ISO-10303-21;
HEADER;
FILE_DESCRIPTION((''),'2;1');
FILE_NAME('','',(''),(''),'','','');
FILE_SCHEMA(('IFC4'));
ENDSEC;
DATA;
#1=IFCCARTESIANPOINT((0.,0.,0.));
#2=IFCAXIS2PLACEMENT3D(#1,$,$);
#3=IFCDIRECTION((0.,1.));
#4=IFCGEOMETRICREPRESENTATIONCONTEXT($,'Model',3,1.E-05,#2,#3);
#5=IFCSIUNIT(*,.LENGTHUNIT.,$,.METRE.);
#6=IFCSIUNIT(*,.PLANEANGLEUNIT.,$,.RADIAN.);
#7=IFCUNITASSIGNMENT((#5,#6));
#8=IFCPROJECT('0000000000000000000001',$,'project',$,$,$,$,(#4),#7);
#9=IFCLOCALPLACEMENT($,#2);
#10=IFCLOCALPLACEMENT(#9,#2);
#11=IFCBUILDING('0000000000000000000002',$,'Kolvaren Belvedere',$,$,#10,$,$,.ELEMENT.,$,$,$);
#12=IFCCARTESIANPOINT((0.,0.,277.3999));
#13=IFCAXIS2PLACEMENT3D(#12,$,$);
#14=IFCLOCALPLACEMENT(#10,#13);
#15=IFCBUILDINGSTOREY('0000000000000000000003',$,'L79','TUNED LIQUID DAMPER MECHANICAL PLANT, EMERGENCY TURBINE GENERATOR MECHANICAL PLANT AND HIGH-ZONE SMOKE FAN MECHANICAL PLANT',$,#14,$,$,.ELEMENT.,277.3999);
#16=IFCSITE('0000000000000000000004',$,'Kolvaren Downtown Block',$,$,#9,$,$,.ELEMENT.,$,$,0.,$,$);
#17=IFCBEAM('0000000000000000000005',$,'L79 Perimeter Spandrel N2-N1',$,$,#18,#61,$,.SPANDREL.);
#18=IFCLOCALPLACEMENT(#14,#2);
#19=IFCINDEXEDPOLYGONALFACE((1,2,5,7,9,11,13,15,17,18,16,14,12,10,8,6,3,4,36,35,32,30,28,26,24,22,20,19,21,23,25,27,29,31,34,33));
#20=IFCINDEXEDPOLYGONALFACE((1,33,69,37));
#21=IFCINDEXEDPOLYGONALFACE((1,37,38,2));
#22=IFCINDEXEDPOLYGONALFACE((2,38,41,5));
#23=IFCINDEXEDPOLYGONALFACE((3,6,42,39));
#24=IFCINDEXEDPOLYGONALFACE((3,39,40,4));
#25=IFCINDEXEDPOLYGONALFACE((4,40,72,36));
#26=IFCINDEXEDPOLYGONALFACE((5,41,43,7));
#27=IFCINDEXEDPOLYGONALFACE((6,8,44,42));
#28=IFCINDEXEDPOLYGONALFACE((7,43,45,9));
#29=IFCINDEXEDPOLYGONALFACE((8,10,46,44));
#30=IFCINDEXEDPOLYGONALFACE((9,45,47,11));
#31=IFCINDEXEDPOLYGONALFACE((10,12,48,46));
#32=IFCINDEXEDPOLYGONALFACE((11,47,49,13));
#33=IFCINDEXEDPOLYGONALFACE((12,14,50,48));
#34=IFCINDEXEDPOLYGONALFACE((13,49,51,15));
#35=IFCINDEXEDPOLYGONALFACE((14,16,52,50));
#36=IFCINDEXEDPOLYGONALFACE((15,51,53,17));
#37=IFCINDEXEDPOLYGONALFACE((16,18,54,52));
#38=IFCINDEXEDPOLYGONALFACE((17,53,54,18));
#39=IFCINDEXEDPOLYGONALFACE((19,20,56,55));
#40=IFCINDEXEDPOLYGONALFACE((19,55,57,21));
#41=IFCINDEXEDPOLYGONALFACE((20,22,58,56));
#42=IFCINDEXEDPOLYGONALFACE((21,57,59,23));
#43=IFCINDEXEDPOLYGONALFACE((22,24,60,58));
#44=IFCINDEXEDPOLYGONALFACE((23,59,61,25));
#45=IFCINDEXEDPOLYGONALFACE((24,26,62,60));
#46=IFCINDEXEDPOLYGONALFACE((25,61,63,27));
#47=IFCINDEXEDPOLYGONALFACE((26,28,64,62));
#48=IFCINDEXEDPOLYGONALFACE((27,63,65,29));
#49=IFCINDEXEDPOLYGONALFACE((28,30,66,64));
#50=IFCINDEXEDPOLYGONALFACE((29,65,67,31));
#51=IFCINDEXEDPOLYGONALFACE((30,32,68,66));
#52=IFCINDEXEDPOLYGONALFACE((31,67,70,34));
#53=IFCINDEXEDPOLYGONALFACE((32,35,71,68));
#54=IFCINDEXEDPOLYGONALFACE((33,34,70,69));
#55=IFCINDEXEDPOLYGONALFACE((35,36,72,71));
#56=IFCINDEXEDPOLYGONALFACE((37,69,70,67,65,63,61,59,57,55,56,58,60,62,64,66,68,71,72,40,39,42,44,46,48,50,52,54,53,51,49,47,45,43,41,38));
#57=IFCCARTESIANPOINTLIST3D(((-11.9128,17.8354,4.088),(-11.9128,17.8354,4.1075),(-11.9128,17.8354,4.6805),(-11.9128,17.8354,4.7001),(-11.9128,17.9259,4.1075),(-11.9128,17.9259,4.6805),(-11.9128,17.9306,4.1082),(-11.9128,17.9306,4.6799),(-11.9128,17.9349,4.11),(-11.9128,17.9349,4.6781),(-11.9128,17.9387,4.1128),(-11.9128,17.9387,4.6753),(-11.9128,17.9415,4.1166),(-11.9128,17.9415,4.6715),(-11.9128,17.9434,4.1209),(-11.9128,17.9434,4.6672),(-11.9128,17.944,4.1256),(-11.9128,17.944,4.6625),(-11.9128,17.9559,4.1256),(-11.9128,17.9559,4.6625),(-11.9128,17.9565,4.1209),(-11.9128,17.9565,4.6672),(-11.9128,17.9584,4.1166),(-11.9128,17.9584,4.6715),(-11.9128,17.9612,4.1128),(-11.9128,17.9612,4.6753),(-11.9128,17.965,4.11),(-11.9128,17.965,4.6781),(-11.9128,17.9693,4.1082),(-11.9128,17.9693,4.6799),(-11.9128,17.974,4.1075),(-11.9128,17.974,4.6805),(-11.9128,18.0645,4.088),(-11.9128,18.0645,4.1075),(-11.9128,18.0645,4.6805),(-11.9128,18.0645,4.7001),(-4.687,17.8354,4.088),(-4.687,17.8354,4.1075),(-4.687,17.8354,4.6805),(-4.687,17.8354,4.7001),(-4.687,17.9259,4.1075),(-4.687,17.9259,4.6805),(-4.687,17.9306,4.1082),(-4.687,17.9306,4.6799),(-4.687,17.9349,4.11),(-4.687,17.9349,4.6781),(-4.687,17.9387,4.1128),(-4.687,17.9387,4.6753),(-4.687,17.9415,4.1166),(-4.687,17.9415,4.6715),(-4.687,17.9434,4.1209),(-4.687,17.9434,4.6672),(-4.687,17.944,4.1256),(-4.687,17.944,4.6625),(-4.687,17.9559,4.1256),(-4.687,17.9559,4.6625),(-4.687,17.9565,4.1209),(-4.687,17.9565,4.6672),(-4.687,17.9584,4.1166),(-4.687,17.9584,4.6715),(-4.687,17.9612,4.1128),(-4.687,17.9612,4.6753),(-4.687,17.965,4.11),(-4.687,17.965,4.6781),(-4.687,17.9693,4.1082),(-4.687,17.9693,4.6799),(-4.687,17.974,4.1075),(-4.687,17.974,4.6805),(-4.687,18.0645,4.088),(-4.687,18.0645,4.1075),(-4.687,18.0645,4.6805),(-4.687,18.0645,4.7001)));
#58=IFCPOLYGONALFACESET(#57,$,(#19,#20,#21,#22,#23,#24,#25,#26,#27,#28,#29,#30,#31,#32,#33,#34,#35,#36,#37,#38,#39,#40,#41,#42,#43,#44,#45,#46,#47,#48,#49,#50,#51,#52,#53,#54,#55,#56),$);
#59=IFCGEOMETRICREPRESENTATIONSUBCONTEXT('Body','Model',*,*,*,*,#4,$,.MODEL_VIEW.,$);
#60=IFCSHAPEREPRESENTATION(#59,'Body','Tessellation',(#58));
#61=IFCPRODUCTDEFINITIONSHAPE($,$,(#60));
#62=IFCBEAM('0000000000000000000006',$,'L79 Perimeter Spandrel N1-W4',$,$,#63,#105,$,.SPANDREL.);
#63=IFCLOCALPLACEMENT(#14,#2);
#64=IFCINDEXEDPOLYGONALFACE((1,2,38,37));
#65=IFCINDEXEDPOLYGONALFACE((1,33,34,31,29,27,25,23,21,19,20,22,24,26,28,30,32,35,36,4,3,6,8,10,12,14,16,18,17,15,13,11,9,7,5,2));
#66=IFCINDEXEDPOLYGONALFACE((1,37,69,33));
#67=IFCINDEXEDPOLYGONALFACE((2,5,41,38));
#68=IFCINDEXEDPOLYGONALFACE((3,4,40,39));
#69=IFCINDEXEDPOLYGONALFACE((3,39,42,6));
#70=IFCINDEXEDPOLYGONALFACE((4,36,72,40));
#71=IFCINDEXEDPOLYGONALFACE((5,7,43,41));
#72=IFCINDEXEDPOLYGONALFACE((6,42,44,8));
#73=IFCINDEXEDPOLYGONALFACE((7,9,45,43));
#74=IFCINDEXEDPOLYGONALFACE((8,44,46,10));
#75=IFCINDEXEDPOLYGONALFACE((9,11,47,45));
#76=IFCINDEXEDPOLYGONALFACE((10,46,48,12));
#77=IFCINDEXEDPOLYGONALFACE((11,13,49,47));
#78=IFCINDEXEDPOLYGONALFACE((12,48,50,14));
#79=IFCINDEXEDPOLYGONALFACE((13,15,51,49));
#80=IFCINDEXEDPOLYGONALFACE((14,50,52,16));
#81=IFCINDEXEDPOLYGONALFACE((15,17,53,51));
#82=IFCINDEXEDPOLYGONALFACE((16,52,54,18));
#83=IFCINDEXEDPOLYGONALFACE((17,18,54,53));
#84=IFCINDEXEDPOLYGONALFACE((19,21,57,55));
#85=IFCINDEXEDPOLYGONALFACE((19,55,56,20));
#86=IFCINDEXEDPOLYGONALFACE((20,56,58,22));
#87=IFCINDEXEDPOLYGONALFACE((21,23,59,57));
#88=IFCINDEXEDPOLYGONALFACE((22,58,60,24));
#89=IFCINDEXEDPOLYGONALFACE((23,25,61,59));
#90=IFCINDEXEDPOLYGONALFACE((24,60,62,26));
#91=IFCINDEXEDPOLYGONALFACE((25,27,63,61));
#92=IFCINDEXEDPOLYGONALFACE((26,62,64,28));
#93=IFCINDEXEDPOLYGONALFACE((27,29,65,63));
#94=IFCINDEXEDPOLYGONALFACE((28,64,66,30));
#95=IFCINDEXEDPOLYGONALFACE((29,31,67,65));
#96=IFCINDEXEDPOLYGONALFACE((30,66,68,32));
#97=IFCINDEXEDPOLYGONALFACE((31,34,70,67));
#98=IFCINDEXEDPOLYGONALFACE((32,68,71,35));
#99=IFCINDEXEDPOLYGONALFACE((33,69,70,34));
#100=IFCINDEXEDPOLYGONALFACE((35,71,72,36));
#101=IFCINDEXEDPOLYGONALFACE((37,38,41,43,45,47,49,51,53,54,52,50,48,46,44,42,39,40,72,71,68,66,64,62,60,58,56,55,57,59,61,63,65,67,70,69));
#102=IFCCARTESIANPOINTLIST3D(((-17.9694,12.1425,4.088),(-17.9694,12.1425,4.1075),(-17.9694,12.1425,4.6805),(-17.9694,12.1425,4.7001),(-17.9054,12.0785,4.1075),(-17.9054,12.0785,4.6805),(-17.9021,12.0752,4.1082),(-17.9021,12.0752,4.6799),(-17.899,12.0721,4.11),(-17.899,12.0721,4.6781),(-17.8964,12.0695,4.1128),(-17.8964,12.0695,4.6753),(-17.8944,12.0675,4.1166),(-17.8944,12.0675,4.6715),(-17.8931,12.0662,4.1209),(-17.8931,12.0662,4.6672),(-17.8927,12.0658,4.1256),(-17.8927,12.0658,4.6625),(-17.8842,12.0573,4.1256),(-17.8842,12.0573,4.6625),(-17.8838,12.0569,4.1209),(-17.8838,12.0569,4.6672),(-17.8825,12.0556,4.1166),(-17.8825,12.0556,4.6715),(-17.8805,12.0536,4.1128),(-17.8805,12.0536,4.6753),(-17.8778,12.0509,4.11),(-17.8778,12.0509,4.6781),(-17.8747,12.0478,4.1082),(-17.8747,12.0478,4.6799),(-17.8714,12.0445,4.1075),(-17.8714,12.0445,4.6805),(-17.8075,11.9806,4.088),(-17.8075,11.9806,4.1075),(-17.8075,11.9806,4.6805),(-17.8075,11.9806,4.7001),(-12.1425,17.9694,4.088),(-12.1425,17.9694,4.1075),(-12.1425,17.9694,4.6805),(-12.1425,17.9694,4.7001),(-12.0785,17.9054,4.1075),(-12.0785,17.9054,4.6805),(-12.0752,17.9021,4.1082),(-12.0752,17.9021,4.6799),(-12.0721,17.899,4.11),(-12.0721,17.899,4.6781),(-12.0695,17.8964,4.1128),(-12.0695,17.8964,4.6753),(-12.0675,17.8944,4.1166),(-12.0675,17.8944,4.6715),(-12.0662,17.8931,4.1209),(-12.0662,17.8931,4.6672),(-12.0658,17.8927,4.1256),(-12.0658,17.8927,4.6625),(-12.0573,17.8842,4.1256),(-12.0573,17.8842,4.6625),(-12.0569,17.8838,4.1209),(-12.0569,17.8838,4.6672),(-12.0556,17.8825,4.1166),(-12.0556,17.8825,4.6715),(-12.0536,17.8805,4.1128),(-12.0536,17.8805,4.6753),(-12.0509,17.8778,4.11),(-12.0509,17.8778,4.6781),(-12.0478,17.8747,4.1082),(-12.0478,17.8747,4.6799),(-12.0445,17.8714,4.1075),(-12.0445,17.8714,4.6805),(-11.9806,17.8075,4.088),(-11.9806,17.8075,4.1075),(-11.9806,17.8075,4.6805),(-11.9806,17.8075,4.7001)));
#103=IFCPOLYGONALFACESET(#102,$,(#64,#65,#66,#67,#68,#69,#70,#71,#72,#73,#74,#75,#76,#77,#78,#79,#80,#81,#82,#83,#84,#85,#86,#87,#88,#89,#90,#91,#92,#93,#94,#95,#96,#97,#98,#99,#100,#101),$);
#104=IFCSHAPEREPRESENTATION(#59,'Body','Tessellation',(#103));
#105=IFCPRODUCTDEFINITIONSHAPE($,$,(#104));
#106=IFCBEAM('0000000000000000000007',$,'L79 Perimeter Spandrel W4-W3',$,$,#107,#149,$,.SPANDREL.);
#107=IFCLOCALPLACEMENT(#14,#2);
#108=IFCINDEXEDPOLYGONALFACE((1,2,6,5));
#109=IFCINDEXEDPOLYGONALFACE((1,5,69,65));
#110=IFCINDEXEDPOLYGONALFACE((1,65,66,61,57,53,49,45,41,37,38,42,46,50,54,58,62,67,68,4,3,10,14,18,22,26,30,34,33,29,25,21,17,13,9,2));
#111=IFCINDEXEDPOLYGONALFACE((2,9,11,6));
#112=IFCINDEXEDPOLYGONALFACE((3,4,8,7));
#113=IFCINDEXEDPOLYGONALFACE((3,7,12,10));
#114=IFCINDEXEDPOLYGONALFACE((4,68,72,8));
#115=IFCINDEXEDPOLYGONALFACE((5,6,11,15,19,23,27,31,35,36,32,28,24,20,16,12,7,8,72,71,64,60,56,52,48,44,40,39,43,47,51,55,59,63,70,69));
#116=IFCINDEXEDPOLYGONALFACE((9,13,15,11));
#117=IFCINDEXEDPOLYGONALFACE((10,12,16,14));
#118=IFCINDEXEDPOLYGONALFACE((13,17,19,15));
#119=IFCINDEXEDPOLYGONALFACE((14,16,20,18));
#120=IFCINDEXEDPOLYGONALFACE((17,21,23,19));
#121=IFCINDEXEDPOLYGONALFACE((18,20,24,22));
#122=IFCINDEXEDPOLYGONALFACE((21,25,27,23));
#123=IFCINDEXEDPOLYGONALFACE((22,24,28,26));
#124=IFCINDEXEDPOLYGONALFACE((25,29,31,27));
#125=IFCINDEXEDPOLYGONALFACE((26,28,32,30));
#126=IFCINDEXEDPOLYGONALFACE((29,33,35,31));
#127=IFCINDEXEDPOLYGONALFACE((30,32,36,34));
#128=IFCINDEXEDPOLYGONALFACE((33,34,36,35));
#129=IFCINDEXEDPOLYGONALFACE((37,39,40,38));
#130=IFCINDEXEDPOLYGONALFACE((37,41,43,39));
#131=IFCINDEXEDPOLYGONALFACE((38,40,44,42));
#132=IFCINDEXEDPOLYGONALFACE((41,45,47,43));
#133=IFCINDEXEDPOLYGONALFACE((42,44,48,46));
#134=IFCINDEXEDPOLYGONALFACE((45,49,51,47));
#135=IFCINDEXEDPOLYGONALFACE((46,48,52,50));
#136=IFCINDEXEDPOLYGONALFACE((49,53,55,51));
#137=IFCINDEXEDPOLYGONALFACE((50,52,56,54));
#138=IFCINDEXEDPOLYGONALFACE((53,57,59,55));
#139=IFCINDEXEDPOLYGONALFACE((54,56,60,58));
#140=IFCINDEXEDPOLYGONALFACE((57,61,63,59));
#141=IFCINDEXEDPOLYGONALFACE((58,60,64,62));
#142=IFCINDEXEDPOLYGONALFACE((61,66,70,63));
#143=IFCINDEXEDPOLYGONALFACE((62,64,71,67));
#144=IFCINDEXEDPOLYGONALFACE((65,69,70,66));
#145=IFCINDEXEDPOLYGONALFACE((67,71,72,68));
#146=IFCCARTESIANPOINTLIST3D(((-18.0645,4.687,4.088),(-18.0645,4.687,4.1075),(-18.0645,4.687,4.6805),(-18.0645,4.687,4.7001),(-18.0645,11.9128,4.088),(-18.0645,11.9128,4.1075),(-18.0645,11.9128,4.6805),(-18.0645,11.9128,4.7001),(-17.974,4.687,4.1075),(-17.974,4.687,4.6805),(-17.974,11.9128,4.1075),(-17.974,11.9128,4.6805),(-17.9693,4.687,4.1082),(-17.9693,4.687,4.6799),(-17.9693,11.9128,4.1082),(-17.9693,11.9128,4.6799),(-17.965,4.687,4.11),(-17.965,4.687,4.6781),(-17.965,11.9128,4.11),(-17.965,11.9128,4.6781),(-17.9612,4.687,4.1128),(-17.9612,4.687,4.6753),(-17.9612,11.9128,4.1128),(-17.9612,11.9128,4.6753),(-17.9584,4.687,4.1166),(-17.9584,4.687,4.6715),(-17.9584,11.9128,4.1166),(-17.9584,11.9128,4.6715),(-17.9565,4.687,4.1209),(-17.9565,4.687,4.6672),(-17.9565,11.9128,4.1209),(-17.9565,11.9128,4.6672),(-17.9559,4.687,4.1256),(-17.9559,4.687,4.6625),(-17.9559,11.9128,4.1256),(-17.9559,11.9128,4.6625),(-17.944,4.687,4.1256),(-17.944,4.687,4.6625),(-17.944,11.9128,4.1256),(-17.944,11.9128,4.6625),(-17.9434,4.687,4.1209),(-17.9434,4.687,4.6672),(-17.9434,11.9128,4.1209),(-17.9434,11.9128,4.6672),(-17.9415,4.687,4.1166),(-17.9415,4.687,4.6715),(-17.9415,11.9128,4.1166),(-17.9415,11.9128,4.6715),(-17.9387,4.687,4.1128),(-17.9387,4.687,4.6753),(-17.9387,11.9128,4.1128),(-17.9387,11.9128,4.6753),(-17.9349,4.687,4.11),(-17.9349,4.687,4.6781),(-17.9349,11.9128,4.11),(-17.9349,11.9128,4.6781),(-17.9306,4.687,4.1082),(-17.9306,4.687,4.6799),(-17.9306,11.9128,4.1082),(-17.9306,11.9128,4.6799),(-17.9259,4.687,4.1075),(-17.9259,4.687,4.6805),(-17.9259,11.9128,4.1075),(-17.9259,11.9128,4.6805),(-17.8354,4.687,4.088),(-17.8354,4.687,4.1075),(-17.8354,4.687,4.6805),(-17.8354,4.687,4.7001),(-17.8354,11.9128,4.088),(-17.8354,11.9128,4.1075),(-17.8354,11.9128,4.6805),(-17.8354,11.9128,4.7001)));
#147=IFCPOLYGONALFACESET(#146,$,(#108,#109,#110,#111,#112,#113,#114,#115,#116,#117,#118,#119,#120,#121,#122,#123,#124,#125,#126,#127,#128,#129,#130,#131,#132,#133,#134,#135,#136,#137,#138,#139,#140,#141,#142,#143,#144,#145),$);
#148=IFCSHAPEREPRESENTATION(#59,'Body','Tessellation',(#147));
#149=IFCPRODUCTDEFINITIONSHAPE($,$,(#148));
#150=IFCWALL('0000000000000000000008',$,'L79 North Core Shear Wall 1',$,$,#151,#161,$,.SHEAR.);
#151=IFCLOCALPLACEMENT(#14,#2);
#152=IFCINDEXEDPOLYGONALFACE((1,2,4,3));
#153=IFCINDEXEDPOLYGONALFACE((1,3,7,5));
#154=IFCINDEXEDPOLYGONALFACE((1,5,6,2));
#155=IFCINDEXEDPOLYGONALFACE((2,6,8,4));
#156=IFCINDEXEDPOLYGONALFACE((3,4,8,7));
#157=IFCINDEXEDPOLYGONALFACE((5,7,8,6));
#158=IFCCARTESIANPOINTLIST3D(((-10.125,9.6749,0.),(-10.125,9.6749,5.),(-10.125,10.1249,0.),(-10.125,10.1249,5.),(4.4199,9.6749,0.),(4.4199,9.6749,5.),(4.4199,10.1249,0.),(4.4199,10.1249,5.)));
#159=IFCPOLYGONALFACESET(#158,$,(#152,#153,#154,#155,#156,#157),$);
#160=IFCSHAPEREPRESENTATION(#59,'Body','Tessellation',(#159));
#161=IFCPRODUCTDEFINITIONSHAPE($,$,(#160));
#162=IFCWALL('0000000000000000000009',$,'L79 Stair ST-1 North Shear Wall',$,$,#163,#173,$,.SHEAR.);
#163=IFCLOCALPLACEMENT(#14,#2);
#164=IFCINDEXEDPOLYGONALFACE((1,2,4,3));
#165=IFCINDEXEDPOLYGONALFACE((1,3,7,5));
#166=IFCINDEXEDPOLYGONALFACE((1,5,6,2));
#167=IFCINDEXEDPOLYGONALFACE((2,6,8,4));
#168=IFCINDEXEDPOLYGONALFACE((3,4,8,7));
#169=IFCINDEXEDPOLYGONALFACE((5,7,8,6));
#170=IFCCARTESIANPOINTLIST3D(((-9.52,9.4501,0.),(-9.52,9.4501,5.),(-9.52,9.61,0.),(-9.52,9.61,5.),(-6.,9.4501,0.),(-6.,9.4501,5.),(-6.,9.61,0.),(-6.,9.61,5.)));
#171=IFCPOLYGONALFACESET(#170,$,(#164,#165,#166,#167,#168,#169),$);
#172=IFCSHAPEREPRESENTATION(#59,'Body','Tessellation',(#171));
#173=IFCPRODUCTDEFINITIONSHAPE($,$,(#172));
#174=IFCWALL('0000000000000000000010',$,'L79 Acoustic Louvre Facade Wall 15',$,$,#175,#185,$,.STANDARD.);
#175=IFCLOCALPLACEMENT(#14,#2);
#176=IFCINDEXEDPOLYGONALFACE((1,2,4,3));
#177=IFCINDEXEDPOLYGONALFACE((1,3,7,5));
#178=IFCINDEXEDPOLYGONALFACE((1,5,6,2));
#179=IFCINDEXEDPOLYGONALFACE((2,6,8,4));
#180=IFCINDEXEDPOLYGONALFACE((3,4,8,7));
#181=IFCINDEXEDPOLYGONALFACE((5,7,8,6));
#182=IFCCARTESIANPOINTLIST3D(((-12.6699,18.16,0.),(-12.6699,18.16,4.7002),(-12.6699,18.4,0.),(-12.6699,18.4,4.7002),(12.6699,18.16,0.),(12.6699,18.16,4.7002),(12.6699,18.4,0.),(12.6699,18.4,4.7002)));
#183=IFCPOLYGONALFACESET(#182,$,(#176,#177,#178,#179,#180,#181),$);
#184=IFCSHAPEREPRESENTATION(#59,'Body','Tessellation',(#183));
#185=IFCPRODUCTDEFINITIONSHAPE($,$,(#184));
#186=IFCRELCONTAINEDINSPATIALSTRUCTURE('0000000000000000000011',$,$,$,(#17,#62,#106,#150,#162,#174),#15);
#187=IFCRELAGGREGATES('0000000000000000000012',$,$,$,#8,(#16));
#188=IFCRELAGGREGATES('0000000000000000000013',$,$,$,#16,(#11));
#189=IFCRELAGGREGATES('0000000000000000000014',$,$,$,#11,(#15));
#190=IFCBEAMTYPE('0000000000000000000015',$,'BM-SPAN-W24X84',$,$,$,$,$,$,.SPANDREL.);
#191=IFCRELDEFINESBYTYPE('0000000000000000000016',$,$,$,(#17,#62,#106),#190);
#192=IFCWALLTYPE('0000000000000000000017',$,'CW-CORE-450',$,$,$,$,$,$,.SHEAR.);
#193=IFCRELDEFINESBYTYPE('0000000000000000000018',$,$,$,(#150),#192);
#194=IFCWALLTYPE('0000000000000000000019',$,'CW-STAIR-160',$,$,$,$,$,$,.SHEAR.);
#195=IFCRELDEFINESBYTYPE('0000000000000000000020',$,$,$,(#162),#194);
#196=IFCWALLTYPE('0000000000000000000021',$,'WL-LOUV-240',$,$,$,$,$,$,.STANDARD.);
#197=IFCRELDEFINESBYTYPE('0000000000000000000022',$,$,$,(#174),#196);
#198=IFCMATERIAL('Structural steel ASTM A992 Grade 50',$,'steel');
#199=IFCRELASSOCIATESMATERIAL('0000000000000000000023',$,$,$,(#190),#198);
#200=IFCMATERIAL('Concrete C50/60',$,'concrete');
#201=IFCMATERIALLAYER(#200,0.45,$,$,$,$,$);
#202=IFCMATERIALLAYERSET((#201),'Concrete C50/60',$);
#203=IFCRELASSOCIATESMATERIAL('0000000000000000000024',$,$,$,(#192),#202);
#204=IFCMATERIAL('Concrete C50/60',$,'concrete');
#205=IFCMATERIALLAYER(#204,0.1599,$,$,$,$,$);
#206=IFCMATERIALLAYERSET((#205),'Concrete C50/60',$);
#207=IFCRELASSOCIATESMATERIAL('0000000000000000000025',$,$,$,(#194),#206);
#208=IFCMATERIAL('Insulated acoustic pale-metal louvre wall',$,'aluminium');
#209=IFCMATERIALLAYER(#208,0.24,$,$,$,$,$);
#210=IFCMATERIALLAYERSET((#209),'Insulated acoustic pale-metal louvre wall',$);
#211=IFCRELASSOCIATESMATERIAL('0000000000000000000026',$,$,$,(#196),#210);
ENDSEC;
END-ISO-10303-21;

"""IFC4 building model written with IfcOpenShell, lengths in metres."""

from ifc_helpers import new_model, si_unit, direction, frame, frame_2d, origin, origin_2d, place, context, subcontext, project, spatial, rectangle, i_section, extrude, material, layer, layer_set, material_profile, profile_set, type_object, element, save


model = new_model("IFC4")

# Units and contexts
model_context = context("Model", 3, precision=1e-05, world=origin(), true_north=direction((0.0, 1.0)))
body_context = subcontext(model_context, "Body", "Model", "MODEL_VIEW")
ifc_project = project(units=[si_unit("LENGTHUNIT", "METRE"), si_unit("PLANEANGLEUNIT", "RADIAN")], contexts=[model_context])

# Site, building, storey
site_placement = place(None, origin())
site = spatial("IfcSite", under=ifc_project, at=site_placement, Name="Kolvaren Downtown Block", CompositionType="ELEMENT", RefElevation=0.0)
building_placement = place(site_placement, origin())
building = spatial("IfcBuilding", under=site, at=building_placement, Name="Kolvaren Belvedere", CompositionType="ELEMENT")
storey_placement = place(building_placement, frame((0.0, 0.0, 277.3999)))
storey = spatial("IfcBuildingStorey", under=building, at=storey_placement, Name="L79", Description="TUNED LIQUID DAMPER MECHANICAL PLANT, EMERGENCY TURBINE GENERATOR MECHANICAL PLANT AND HIGH-ZONE SMOKE FAN MECHANICAL PLANT", CompositionType="ELEMENT", Elevation=277.3999)

# Beams
ifc_material_1 = material(Name="Structural steel ASTM A992 Grade 50", Category="steel")
ifc_material_profile_1 = material_profile(ifc_material_1, i_section(OverallWidth=0.229, OverallDepth=0.6121, WebThickness=0.012, FlangeThickness=0.0195, FilletRadius=0.0181, at=origin_2d()), Name="W24X84")
ifc_profile_set_1 = profile_set([ifc_material_profile_1], Name="Structural steel ASTM A992 Grade 50")
beam_type_1 = type_object("IfcBeamType", Name="BM-SPAN-W24X84", PredefinedType="SPANDREL", material=ifc_profile_set_1)
beam_1_placement = place(storey_placement, frame((-4.687, 17.95, 4.394), z_axis=(-1.0, 0.0, 0.0), x_axis=(0.0, -1.0, 0.0)))
element("IfcBeam", 1, at=beam_1_placement, inside=storey, type_object=beam_type_1, Name="L79 Perimeter Spandrel N2-N1", PredefinedType="SPANDREL", context=body_context, shape_type="SweptSolid", body=[
    extrude(i_section(OverallWidth=0.229, OverallDepth=0.6121, WebThickness=0.012, FlangeThickness=0.0195, FilletRadius=0.0181, at=origin_2d()), origin(), (0.0, 0.0, 1.0), 7.2258),
])
beam_2_placement = place(storey_placement, frame((-12.0615, 17.8884, 4.394), z_axis=(-0.707107, -0.707107, 0.0), x_axis=(0.707107, -0.707107, 0.0)))
element("IfcBeam", 2, at=beam_2_placement, inside=storey, type_object=beam_type_1, Name="L79 Perimeter Spandrel N1-W4", PredefinedType="SPANDREL", context=body_context, shape_type="SweptSolid", body=[
    extrude(i_section(OverallWidth=0.229, OverallDepth=0.6121, WebThickness=0.012, FlangeThickness=0.0195, FilletRadius=0.0181, at=origin_2d()), origin(), (0.0, 0.0, 1.0), 8.2405),
])
beam_3_placement = place(storey_placement, frame((-17.95, 11.9128, 4.394), z_axis=(0.0, -1.0, 0.0), x_axis=(1.0, 0.0, 0.0)))
element("IfcBeam", 3, at=beam_3_placement, inside=storey, type_object=beam_type_1, Name="L79 Perimeter Spandrel W4-W3", PredefinedType="SPANDREL", context=body_context, shape_type="SweptSolid", body=[
    extrude(i_section(OverallWidth=0.229, OverallDepth=0.6121, WebThickness=0.012, FlangeThickness=0.0195, FilletRadius=0.0181, at=origin_2d()), origin(), (0.0, 0.0, 1.0), 7.2258),
])

# Walls
ifc_material_2 = material(Name="Concrete C50/60", Category="concrete")
ifc_layer_1 = layer(ifc_material_2, 0.45)
ifc_layer_set_1 = layer_set([ifc_layer_1], Name="Concrete C50/60")
wall_type_1 = type_object("IfcWallType", Name="CW-CORE-450", PredefinedType="SHEAR", material=ifc_layer_set_1)
wall_1_placement = place(storey_placement, frame((-10.125, 9.8999, 0.0), z_axis=(0.0, 0.0, 1.0), x_axis=(1.0, 0.0, 0.0)))
element("IfcWall", 4, at=wall_1_placement, inside=storey, type_object=wall_type_1, Name="L79 North Core Shear Wall 1", PredefinedType="SHEAR", context=body_context, shape_type="SweptSolid", body=[
    extrude(rectangle(XDim=14.5449, YDim=0.45, at=frame_2d((7.2725, 0.0))), origin(), (0.0, 0.0, 1.0), 5.0),
])
ifc_material_3 = material(Name="Concrete C50/60", Category="concrete")
ifc_layer_2 = layer(ifc_material_3, 0.1599)
ifc_layer_set_2 = layer_set([ifc_layer_2], Name="Concrete C50/60")
wall_type_2 = type_object("IfcWallType", Name="CW-STAIR-160", PredefinedType="SHEAR", material=ifc_layer_set_2)
wall_2_placement = place(storey_placement, frame((-9.52, 9.53, 0.0), z_axis=(0.0, 0.0, 1.0), x_axis=(1.0, 0.0, 0.0)))
element("IfcWall", 5, at=wall_2_placement, inside=storey, type_object=wall_type_2, Name="L79 Stair ST-1 North Shear Wall", PredefinedType="SHEAR", context=body_context, shape_type="SweptSolid", body=[
    extrude(rectangle(XDim=3.52, YDim=0.1599, at=frame_2d((1.76, 0.0))), origin(), (0.0, 0.0, 1.0), 5.0),
])
ifc_material_4 = material(Name="Insulated acoustic pale-metal louvre wall", Category="aluminium")
ifc_layer_3 = layer(ifc_material_4, 0.24)
ifc_layer_set_3 = layer_set([ifc_layer_3], Name="Insulated acoustic pale-metal louvre wall")
wall_type_3 = type_object("IfcWallType", Name="WL-LOUV-240", PredefinedType="STANDARD", material=ifc_layer_set_3)
wall_3_placement = place(storey_placement, frame((-12.6699, 18.28, 0.0), z_axis=(0.0, 0.0, 1.0), x_axis=(1.0, 0.0, 0.0)))
element("IfcWall", 6, at=wall_3_placement, inside=storey, type_object=wall_type_3, Name="L79 Acoustic Louvre Facade Wall 15", PredefinedType="STANDARD", context=body_context, shape_type="SweptSolid", body=[
    extrude(rectangle(XDim=25.3398, YDim=0.24, at=frame_2d((12.6699, 0.0))), origin(), (0.0, 0.0, 1.0), 4.7002),
])

save(model, "model.ifc")
